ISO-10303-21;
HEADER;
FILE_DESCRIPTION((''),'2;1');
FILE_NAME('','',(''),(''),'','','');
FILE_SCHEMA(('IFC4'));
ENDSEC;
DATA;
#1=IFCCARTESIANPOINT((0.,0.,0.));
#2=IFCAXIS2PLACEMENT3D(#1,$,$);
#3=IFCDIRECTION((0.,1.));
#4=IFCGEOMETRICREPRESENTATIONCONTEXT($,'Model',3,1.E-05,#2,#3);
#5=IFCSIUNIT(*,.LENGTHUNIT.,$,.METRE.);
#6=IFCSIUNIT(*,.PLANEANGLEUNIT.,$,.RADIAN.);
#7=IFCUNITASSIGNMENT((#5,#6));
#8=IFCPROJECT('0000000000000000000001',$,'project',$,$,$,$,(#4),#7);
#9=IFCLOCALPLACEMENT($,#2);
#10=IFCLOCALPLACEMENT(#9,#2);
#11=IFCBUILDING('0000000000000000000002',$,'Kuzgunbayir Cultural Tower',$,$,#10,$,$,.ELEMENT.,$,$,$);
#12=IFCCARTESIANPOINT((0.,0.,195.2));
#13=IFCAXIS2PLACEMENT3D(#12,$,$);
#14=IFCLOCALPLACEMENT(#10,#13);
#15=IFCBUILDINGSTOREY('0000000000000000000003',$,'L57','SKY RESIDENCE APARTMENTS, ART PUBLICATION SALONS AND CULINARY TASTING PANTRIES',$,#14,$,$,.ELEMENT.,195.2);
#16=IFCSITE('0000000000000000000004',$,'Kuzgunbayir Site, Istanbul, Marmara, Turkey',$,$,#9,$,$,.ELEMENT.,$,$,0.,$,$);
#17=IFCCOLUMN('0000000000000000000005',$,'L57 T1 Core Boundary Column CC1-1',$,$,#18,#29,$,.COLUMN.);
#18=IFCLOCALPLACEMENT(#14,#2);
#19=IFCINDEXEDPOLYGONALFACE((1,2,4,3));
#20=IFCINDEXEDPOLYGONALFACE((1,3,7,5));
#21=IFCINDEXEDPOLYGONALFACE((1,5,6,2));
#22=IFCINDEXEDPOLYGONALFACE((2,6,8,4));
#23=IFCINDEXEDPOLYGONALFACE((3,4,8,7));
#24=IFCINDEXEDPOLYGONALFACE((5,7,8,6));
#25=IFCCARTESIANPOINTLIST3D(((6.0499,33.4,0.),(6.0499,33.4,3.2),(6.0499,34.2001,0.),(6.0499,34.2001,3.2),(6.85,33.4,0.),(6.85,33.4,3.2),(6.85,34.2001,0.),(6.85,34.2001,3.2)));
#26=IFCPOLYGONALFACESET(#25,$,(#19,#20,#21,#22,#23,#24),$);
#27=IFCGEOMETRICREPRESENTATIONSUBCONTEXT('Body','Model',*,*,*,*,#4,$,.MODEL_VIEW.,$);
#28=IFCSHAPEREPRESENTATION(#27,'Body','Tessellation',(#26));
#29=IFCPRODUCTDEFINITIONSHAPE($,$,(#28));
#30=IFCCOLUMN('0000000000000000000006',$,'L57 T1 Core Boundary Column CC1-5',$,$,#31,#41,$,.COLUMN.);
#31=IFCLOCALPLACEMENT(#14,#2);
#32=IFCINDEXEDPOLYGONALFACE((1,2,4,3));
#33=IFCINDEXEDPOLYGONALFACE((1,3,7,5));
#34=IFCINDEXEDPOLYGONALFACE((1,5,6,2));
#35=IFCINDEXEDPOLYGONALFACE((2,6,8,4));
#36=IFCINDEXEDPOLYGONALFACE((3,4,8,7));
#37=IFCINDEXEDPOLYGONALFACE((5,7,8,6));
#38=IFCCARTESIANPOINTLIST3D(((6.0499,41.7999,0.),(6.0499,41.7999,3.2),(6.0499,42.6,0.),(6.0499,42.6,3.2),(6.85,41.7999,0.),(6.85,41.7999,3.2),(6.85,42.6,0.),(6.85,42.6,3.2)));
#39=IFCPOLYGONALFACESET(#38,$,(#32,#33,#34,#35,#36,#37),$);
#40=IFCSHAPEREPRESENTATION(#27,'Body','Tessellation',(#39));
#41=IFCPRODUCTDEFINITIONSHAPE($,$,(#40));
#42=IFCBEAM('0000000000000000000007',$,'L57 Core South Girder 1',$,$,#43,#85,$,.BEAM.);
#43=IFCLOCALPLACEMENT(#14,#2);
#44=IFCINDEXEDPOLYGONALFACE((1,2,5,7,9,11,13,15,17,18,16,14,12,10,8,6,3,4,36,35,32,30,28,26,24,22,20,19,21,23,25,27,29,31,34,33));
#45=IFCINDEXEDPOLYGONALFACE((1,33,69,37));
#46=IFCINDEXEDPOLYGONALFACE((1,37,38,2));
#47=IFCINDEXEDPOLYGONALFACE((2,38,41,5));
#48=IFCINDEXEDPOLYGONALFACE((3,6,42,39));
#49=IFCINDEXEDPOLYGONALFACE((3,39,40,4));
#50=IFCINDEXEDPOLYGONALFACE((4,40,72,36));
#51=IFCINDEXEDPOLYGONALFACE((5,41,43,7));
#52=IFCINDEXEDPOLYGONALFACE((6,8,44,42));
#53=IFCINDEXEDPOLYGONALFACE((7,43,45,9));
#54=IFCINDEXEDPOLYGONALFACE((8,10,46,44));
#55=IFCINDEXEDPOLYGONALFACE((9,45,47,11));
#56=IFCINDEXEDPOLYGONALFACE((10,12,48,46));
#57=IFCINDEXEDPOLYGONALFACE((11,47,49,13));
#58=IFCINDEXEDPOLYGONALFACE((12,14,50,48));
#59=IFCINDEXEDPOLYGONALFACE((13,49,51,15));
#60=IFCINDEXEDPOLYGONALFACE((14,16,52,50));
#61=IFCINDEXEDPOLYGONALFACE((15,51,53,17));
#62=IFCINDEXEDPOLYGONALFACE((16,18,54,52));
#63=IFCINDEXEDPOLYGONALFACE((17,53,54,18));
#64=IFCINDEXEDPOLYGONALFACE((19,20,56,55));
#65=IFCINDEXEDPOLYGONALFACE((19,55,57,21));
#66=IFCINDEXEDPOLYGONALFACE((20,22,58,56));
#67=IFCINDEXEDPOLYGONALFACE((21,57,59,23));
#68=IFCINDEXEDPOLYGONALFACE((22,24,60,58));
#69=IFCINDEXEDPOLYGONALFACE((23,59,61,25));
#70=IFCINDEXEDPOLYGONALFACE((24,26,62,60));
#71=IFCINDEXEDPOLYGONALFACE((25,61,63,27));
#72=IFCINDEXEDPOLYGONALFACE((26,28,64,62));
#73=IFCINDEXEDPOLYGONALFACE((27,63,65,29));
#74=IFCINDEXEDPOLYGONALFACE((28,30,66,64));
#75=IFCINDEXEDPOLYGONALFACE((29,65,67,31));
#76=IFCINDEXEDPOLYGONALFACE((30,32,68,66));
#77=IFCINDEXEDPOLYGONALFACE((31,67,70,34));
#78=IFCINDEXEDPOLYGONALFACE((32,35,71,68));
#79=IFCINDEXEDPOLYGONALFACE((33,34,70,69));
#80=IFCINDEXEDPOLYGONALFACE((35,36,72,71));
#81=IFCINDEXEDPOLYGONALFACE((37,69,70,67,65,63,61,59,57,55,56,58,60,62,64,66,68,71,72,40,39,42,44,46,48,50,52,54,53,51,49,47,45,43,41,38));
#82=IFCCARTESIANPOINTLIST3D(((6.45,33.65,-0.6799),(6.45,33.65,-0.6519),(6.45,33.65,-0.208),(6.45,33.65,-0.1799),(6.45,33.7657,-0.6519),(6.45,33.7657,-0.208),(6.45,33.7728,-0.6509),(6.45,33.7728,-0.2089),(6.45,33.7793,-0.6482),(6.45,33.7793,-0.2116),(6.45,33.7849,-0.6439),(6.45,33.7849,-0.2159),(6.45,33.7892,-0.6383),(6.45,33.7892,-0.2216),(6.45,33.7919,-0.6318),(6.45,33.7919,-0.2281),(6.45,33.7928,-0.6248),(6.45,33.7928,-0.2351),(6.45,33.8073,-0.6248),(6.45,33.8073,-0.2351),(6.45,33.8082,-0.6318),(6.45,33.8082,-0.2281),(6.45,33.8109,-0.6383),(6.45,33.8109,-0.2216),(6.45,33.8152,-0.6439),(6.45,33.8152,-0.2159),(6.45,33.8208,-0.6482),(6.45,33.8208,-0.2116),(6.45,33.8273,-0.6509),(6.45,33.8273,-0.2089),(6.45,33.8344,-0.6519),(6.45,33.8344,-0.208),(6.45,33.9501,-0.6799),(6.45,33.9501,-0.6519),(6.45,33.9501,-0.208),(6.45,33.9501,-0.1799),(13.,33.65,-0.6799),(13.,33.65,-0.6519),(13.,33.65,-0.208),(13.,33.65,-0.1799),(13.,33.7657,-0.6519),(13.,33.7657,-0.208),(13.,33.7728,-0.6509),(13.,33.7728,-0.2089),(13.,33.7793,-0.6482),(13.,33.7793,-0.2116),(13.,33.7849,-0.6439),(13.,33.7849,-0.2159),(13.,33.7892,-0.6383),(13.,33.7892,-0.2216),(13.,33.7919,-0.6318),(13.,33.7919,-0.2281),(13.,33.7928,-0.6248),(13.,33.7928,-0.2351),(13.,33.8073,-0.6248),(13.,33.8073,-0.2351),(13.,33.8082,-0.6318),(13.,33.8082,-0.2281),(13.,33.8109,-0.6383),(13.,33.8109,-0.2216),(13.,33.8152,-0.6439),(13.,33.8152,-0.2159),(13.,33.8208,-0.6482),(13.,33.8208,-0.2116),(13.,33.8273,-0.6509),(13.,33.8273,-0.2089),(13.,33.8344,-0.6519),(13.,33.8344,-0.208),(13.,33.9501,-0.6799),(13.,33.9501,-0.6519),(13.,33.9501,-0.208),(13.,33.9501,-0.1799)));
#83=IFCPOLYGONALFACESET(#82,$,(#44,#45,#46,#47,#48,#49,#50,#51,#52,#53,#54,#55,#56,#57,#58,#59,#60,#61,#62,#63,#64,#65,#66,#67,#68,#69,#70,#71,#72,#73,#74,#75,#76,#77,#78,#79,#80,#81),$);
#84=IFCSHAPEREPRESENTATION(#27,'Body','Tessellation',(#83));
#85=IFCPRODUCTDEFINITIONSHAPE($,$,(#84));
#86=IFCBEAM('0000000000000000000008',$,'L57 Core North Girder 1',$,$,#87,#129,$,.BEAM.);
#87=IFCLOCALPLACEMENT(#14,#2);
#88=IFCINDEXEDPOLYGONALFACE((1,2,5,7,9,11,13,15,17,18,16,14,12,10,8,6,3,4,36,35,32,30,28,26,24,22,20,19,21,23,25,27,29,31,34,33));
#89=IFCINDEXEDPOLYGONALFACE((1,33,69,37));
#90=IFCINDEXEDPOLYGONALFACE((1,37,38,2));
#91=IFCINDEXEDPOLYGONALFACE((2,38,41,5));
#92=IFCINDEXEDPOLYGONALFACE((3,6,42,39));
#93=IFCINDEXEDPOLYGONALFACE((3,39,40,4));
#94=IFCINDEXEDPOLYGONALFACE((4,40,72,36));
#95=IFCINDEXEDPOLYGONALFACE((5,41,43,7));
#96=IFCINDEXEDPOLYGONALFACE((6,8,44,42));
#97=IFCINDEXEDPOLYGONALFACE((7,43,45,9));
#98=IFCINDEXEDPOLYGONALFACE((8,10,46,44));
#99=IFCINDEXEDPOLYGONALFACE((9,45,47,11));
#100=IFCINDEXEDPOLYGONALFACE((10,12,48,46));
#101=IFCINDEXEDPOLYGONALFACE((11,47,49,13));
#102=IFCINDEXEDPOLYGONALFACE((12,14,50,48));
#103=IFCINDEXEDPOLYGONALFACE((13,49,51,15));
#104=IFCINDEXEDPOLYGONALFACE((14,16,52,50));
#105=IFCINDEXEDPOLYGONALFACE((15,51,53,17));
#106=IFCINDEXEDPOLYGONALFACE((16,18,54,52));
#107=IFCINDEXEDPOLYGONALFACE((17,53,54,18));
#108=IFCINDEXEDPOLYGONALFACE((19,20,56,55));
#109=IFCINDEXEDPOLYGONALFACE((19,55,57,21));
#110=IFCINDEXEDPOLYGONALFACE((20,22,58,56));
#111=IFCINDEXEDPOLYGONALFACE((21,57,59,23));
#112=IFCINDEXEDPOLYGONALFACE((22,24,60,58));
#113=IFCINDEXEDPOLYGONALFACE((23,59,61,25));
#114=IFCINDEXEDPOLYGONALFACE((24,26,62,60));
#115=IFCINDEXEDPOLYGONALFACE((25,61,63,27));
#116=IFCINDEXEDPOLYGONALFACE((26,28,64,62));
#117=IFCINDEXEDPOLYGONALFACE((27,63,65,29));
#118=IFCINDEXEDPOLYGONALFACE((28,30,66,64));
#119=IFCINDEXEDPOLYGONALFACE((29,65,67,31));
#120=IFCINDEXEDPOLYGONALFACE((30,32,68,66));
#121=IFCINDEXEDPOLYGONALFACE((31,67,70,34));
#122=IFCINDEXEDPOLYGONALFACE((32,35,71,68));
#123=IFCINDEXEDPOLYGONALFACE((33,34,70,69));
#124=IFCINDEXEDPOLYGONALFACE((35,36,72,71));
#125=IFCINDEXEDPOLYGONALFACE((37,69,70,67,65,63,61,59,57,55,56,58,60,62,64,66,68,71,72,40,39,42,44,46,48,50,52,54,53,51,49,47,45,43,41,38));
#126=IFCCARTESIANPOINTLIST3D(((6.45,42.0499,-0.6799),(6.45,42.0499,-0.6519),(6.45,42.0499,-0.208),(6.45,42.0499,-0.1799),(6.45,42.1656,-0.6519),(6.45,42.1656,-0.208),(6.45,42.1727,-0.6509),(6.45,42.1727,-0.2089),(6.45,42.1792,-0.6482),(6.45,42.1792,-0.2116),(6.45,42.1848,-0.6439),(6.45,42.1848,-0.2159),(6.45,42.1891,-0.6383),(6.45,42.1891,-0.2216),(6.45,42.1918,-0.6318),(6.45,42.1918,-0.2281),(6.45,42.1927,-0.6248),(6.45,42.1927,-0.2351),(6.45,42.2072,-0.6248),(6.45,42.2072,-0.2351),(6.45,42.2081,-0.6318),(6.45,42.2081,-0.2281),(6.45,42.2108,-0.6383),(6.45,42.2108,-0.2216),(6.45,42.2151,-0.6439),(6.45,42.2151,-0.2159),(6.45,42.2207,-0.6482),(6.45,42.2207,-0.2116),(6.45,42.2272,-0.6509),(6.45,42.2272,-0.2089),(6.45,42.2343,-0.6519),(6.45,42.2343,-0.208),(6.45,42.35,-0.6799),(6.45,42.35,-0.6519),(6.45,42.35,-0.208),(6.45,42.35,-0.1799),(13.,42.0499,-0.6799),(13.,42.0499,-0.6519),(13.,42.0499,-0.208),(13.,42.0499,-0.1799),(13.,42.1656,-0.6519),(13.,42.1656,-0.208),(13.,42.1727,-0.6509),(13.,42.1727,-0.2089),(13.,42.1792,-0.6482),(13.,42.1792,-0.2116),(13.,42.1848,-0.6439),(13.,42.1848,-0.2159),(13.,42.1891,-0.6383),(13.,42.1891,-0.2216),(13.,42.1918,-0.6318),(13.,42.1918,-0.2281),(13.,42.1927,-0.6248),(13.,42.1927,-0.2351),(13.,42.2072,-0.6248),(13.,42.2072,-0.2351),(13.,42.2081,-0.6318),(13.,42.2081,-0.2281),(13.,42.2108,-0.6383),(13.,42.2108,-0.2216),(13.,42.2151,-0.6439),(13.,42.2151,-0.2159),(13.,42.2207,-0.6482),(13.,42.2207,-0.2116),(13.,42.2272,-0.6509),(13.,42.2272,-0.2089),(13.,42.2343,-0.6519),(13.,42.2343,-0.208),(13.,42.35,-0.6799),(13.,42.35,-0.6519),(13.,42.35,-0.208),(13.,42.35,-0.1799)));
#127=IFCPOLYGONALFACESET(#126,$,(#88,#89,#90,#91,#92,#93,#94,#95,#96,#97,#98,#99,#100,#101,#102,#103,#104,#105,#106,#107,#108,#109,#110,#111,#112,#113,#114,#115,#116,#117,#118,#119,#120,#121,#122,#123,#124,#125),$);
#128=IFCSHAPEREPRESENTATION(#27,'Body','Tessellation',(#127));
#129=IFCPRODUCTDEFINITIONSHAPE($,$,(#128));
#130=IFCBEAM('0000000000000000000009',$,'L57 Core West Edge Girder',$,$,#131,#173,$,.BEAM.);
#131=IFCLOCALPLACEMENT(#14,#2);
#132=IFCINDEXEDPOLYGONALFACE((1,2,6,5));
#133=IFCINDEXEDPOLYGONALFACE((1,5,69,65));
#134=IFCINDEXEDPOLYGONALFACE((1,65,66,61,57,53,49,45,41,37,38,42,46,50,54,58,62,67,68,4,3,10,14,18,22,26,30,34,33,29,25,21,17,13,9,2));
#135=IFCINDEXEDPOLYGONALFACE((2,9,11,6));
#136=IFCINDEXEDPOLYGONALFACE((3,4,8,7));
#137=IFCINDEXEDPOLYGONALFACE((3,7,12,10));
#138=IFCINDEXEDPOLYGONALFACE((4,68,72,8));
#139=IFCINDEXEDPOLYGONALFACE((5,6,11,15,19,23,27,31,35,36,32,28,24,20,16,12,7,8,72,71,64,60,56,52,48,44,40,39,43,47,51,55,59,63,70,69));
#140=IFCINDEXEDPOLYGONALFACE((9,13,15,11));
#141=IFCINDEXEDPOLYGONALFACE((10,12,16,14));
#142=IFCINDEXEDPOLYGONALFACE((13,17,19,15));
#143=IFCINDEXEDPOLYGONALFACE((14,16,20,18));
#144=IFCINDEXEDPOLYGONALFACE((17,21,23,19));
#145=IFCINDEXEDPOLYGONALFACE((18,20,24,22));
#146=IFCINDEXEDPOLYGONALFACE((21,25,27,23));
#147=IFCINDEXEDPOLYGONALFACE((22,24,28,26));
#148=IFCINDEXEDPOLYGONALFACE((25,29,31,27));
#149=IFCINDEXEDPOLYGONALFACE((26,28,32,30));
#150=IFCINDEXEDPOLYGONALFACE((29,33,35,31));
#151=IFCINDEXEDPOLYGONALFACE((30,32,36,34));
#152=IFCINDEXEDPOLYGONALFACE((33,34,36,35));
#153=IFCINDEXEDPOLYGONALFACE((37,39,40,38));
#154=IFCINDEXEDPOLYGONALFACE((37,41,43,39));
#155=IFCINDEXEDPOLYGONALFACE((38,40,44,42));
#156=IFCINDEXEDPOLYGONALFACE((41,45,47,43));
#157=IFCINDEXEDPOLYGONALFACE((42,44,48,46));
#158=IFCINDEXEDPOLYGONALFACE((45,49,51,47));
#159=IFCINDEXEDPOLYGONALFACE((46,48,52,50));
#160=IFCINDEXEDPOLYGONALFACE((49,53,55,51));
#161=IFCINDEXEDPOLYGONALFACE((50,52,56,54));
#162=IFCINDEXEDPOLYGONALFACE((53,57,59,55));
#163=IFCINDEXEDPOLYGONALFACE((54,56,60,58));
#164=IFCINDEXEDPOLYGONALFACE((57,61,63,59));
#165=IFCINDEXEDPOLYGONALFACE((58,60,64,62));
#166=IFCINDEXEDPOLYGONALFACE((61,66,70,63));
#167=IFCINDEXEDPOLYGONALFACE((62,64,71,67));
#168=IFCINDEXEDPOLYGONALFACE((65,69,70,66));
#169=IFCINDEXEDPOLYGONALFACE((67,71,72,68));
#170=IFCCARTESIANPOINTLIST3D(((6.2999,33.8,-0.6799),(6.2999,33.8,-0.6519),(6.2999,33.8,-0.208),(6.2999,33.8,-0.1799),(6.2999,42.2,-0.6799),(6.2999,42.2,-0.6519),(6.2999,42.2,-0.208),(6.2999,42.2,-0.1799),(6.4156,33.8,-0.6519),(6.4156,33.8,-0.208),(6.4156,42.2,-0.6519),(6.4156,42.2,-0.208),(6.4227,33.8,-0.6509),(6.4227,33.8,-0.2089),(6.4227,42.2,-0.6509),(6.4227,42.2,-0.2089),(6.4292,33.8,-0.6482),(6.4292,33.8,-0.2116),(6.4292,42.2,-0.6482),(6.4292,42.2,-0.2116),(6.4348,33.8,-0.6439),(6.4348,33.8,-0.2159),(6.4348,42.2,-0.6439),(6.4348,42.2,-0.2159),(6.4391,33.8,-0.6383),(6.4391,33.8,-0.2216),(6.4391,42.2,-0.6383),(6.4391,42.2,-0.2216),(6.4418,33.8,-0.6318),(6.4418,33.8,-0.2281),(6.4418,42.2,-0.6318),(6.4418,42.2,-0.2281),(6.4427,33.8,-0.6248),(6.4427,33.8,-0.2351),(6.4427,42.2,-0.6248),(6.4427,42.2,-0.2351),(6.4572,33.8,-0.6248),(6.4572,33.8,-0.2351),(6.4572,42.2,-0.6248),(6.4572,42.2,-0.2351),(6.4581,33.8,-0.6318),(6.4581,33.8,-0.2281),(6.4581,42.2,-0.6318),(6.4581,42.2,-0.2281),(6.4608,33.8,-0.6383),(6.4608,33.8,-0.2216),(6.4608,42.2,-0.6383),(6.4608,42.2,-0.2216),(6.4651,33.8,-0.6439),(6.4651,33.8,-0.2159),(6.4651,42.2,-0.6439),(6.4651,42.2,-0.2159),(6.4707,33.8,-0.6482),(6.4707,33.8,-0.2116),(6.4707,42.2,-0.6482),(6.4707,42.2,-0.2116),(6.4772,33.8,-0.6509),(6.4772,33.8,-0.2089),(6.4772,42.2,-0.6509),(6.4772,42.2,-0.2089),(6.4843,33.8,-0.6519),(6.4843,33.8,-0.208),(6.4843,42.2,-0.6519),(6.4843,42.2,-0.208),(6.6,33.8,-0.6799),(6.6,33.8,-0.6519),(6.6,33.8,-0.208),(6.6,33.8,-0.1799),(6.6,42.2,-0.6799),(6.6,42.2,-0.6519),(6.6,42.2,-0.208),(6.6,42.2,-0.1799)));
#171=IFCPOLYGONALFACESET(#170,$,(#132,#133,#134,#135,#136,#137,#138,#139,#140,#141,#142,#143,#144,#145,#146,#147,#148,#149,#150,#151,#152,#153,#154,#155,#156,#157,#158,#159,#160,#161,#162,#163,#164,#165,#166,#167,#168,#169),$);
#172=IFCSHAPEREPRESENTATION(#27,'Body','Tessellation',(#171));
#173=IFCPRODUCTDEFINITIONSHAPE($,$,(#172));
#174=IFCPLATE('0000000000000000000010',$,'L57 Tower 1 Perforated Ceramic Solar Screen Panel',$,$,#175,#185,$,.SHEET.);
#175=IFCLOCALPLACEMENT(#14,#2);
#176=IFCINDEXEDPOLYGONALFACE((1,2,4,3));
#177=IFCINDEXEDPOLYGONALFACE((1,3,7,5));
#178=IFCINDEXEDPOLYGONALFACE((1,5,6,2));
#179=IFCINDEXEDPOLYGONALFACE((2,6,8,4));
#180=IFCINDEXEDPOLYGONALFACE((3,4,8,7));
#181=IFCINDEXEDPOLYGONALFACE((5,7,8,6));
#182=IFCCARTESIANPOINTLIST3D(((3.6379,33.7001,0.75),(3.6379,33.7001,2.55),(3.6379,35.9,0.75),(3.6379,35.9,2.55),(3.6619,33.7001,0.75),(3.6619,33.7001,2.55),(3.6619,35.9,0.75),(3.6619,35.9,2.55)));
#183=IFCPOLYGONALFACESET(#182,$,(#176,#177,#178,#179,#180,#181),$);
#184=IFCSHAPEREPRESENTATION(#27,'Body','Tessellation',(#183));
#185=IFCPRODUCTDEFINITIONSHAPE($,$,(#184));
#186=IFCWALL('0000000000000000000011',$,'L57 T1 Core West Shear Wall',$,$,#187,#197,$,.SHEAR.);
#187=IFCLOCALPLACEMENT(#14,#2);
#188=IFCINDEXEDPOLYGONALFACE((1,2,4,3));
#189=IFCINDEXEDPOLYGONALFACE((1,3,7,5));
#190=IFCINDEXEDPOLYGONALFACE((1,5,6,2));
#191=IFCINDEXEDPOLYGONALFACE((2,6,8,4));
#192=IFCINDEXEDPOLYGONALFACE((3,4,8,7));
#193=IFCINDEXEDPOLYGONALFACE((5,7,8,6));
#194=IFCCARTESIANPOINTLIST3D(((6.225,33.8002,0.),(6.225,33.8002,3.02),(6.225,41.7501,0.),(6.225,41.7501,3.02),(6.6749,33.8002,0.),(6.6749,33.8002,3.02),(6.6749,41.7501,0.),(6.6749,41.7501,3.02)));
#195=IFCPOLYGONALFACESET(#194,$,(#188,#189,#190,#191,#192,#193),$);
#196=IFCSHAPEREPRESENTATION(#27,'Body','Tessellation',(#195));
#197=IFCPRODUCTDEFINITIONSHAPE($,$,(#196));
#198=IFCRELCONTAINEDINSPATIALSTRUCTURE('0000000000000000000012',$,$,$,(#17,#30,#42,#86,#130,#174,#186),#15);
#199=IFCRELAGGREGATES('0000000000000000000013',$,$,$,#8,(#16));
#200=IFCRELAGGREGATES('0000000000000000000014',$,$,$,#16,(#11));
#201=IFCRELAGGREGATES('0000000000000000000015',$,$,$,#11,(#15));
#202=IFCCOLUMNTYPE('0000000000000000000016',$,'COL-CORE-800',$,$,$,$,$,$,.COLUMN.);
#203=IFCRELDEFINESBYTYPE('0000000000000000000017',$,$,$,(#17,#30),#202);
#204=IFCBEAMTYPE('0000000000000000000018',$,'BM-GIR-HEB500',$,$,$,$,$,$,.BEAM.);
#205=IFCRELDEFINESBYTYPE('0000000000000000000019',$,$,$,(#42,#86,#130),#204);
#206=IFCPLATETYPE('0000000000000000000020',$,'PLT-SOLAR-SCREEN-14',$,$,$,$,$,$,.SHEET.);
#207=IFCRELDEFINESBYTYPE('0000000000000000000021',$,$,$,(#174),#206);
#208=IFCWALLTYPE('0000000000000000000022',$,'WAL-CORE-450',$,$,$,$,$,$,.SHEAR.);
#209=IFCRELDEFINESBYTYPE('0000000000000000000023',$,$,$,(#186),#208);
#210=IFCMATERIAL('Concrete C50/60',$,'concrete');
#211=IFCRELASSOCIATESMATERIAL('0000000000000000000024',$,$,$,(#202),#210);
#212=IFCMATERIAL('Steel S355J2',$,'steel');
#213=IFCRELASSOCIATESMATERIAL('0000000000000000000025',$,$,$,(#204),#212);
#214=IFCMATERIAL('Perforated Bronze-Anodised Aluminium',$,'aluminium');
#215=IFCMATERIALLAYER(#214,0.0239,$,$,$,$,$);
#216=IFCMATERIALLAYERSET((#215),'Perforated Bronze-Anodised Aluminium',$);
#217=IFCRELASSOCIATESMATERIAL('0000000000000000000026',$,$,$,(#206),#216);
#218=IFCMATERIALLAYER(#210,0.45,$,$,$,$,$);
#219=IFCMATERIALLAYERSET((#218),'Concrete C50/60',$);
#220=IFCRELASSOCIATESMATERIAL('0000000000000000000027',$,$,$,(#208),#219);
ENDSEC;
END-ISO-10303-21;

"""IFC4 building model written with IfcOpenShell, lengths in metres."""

from ifc_helpers import new_model, si_unit, direction, frame, frame_2d, origin, origin_2d, place, context, subcontext, project, spatial, rectangle, i_section, extrude, material, layer, layer_set, material_profile, profile_set, type_object, element, save


model = new_model("IFC4")

# Units and contexts
model_context = context("Model", 3, precision=1e-05, world=origin(), true_north=direction((0.0, 1.0)))
body_context = subcontext(model_context, "Body", "Model", "MODEL_VIEW")
ifc_project = project(units=[si_unit("LENGTHUNIT", "METRE"), si_unit("PLANEANGLEUNIT", "RADIAN")], contexts=[model_context])

# Site, building, storey
site_placement = place(None, origin())
site = spatial("IfcSite", under=ifc_project, at=site_placement, Name="Kuzgunbayir Site, Istanbul, Marmara, Turkey", CompositionType="ELEMENT", RefElevation=0.0)
building_placement = place(site_placement, origin())
building = spatial("IfcBuilding", under=site, at=building_placement, Name="Kuzgunbayir Cultural Tower", CompositionType="ELEMENT")
storey_placement = place(building_placement, frame((0.0, 0.0, 195.2)))
storey = spatial("IfcBuildingStorey", under=building, at=storey_placement, Name="L57", Description="SKY RESIDENCE APARTMENTS, ART PUBLICATION SALONS AND CULINARY TASTING PANTRIES", CompositionType="ELEMENT", Elevation=195.2)

# Columns
ifc_material_1 = material(Name="Concrete C50/60", Category="concrete")
ifc_material_profile_1 = material_profile(ifc_material_1, rectangle(XDim=0.8, YDim=0.8, at=origin_2d()), Name="RC 800x800")
ifc_profile_set_1 = profile_set([ifc_material_profile_1], Name="Concrete C50/60")
column_type = type_object("IfcColumnType", Name="COL-CORE-800", PredefinedType="COLUMN", material=ifc_profile_set_1)
for number, where, z_axis, x_axis, name in (
    (1, (6.45, 33.8, 0.0), (0.0, 0.0, 1.0), (1.0, 0.0, 0.0), "L57 T1 Core Boundary Column CC1-1"),
    (2, (6.45, 42.2, 0.0), (0.0, 0.0, 1.0), (1.0, 0.0, 0.0), "L57 T1 Core Boundary Column CC1-5"),
):
    element("IfcColumn", number, at=place(storey_placement, frame(where, z_axis=z_axis, x_axis=x_axis)), inside=storey, type_object=column_type, Name=name, PredefinedType="COLUMN", context=body_context, shape_type="SweptSolid", body=[
        extrude(rectangle(XDim=0.8, YDim=0.8, at=origin_2d()), origin(), (0.0, 0.0, 1.0), 3.2),
    ])

# Beams
ifc_material_2 = material(Name="Steel S355J2", Category="steel")
ifc_material_profile_2 = material_profile(ifc_material_2, i_section(OverallWidth=0.3, OverallDepth=0.5, WebThickness=0.0144, FlangeThickness=0.0281, FilletRadius=0.0271, at=origin_2d()), Name="HEB 500")
ifc_profile_set_2 = profile_set([ifc_material_profile_2], Name="Steel S355J2")
beam_type = type_object("IfcBeamType", Name="BM-GIR-HEB500", PredefinedType="BEAM", material=ifc_profile_set_2)
for number, where, z_axis, x_axis, name in (
    (3, (6.45, 33.8, -0.4299), (1.0, 0.0, 0.0), (0.0, 1.0, 0.0), "L57 Core South Girder 1"),
    (4, (6.45, 42.2, -0.4299), (1.0, 0.0, 0.0), (0.0, 1.0, 0.0), "L57 Core North Girder 1"),
):
    element("IfcBeam", number, at=place(storey_placement, frame(where, z_axis=z_axis, x_axis=x_axis)), inside=storey, type_object=beam_type, Name=name, PredefinedType="BEAM", context=body_context, shape_type="SweptSolid", body=[
        extrude(i_section(OverallWidth=0.3, OverallDepth=0.5, WebThickness=0.0144, FlangeThickness=0.0281, FilletRadius=0.0271, at=origin_2d()), origin(), (0.0, 0.0, 1.0), 6.55),
    ])
beam_placement = place(storey_placement, frame((6.45, 33.8, -0.4299), z_axis=(0.0, 1.0, 0.0), x_axis=(-1.0, 0.0, 0.0)))
element("IfcBeam", 5, at=beam_placement, inside=storey, type_object=beam_type, Name="L57 Core West Edge Girder", PredefinedType="BEAM", context=body_context, shape_type="SweptSolid", body=[
    extrude(i_section(OverallWidth=0.3, OverallDepth=0.5, WebThickness=0.0144, FlangeThickness=0.0281, FilletRadius=0.0271, at=origin_2d()), origin(), (0.0, 0.0, 1.0), 8.3999),
])

# Plate
ifc_material_3 = material(Name="Perforated Bronze-Anodised Aluminium", Category="aluminium")
ifc_layer_1 = layer(ifc_material_3, 0.0239)
ifc_layer_set_1 = layer_set([ifc_layer_1], Name="Perforated Bronze-Anodised Aluminium")
plate_type = type_object("IfcPlateType", Name="PLT-SOLAR-SCREEN-14", PredefinedType="SHEET", material=ifc_layer_set_1)
plate_placement = place(storey_placement, frame((3.6499, 34.8, 0.75), z_axis=(0.0, 0.0, 1.0), x_axis=(1.0, 0.0, 0.0)))
element("IfcPlate", 6, at=plate_placement, inside=storey, type_object=plate_type, Name="L57 Tower 1 Perforated Ceramic Solar Screen Panel", PredefinedType="SHEET", context=body_context, shape_type="SweptSolid", body=[
    extrude(rectangle(XDim=0.0239, YDim=2.2, at=origin_2d()), origin(), (0.0, 0.0, 1.0), 1.8),
])

# Wall
ifc_layer_2 = layer(ifc_material_1, 0.45)
ifc_layer_set_2 = layer_set([ifc_layer_2], Name="Concrete C50/60")
wall_type_1 = type_object("IfcWallType", Name="WAL-CORE-450", PredefinedType="SHEAR", material=ifc_layer_set_2)
wall_1_placement = place(storey_placement, frame((6.45, 33.8, 0.0), z_axis=(0.0, 0.0, 1.0), x_axis=(0.0, 1.0, 0.0)))
element("IfcWall", 7, at=wall_1_placement, inside=storey, type_object=wall_type_1, Name="L57 T1 Core West Shear Wall", PredefinedType="SHEAR", context=body_context, shape_type="SweptSolid", body=[
    extrude(rectangle(XDim=7.95, YDim=0.45, at=frame_2d((3.9751, 0.0))), origin(), (0.0, 0.0, 1.0), 3.02),
])

save(model, "model.ifc")
